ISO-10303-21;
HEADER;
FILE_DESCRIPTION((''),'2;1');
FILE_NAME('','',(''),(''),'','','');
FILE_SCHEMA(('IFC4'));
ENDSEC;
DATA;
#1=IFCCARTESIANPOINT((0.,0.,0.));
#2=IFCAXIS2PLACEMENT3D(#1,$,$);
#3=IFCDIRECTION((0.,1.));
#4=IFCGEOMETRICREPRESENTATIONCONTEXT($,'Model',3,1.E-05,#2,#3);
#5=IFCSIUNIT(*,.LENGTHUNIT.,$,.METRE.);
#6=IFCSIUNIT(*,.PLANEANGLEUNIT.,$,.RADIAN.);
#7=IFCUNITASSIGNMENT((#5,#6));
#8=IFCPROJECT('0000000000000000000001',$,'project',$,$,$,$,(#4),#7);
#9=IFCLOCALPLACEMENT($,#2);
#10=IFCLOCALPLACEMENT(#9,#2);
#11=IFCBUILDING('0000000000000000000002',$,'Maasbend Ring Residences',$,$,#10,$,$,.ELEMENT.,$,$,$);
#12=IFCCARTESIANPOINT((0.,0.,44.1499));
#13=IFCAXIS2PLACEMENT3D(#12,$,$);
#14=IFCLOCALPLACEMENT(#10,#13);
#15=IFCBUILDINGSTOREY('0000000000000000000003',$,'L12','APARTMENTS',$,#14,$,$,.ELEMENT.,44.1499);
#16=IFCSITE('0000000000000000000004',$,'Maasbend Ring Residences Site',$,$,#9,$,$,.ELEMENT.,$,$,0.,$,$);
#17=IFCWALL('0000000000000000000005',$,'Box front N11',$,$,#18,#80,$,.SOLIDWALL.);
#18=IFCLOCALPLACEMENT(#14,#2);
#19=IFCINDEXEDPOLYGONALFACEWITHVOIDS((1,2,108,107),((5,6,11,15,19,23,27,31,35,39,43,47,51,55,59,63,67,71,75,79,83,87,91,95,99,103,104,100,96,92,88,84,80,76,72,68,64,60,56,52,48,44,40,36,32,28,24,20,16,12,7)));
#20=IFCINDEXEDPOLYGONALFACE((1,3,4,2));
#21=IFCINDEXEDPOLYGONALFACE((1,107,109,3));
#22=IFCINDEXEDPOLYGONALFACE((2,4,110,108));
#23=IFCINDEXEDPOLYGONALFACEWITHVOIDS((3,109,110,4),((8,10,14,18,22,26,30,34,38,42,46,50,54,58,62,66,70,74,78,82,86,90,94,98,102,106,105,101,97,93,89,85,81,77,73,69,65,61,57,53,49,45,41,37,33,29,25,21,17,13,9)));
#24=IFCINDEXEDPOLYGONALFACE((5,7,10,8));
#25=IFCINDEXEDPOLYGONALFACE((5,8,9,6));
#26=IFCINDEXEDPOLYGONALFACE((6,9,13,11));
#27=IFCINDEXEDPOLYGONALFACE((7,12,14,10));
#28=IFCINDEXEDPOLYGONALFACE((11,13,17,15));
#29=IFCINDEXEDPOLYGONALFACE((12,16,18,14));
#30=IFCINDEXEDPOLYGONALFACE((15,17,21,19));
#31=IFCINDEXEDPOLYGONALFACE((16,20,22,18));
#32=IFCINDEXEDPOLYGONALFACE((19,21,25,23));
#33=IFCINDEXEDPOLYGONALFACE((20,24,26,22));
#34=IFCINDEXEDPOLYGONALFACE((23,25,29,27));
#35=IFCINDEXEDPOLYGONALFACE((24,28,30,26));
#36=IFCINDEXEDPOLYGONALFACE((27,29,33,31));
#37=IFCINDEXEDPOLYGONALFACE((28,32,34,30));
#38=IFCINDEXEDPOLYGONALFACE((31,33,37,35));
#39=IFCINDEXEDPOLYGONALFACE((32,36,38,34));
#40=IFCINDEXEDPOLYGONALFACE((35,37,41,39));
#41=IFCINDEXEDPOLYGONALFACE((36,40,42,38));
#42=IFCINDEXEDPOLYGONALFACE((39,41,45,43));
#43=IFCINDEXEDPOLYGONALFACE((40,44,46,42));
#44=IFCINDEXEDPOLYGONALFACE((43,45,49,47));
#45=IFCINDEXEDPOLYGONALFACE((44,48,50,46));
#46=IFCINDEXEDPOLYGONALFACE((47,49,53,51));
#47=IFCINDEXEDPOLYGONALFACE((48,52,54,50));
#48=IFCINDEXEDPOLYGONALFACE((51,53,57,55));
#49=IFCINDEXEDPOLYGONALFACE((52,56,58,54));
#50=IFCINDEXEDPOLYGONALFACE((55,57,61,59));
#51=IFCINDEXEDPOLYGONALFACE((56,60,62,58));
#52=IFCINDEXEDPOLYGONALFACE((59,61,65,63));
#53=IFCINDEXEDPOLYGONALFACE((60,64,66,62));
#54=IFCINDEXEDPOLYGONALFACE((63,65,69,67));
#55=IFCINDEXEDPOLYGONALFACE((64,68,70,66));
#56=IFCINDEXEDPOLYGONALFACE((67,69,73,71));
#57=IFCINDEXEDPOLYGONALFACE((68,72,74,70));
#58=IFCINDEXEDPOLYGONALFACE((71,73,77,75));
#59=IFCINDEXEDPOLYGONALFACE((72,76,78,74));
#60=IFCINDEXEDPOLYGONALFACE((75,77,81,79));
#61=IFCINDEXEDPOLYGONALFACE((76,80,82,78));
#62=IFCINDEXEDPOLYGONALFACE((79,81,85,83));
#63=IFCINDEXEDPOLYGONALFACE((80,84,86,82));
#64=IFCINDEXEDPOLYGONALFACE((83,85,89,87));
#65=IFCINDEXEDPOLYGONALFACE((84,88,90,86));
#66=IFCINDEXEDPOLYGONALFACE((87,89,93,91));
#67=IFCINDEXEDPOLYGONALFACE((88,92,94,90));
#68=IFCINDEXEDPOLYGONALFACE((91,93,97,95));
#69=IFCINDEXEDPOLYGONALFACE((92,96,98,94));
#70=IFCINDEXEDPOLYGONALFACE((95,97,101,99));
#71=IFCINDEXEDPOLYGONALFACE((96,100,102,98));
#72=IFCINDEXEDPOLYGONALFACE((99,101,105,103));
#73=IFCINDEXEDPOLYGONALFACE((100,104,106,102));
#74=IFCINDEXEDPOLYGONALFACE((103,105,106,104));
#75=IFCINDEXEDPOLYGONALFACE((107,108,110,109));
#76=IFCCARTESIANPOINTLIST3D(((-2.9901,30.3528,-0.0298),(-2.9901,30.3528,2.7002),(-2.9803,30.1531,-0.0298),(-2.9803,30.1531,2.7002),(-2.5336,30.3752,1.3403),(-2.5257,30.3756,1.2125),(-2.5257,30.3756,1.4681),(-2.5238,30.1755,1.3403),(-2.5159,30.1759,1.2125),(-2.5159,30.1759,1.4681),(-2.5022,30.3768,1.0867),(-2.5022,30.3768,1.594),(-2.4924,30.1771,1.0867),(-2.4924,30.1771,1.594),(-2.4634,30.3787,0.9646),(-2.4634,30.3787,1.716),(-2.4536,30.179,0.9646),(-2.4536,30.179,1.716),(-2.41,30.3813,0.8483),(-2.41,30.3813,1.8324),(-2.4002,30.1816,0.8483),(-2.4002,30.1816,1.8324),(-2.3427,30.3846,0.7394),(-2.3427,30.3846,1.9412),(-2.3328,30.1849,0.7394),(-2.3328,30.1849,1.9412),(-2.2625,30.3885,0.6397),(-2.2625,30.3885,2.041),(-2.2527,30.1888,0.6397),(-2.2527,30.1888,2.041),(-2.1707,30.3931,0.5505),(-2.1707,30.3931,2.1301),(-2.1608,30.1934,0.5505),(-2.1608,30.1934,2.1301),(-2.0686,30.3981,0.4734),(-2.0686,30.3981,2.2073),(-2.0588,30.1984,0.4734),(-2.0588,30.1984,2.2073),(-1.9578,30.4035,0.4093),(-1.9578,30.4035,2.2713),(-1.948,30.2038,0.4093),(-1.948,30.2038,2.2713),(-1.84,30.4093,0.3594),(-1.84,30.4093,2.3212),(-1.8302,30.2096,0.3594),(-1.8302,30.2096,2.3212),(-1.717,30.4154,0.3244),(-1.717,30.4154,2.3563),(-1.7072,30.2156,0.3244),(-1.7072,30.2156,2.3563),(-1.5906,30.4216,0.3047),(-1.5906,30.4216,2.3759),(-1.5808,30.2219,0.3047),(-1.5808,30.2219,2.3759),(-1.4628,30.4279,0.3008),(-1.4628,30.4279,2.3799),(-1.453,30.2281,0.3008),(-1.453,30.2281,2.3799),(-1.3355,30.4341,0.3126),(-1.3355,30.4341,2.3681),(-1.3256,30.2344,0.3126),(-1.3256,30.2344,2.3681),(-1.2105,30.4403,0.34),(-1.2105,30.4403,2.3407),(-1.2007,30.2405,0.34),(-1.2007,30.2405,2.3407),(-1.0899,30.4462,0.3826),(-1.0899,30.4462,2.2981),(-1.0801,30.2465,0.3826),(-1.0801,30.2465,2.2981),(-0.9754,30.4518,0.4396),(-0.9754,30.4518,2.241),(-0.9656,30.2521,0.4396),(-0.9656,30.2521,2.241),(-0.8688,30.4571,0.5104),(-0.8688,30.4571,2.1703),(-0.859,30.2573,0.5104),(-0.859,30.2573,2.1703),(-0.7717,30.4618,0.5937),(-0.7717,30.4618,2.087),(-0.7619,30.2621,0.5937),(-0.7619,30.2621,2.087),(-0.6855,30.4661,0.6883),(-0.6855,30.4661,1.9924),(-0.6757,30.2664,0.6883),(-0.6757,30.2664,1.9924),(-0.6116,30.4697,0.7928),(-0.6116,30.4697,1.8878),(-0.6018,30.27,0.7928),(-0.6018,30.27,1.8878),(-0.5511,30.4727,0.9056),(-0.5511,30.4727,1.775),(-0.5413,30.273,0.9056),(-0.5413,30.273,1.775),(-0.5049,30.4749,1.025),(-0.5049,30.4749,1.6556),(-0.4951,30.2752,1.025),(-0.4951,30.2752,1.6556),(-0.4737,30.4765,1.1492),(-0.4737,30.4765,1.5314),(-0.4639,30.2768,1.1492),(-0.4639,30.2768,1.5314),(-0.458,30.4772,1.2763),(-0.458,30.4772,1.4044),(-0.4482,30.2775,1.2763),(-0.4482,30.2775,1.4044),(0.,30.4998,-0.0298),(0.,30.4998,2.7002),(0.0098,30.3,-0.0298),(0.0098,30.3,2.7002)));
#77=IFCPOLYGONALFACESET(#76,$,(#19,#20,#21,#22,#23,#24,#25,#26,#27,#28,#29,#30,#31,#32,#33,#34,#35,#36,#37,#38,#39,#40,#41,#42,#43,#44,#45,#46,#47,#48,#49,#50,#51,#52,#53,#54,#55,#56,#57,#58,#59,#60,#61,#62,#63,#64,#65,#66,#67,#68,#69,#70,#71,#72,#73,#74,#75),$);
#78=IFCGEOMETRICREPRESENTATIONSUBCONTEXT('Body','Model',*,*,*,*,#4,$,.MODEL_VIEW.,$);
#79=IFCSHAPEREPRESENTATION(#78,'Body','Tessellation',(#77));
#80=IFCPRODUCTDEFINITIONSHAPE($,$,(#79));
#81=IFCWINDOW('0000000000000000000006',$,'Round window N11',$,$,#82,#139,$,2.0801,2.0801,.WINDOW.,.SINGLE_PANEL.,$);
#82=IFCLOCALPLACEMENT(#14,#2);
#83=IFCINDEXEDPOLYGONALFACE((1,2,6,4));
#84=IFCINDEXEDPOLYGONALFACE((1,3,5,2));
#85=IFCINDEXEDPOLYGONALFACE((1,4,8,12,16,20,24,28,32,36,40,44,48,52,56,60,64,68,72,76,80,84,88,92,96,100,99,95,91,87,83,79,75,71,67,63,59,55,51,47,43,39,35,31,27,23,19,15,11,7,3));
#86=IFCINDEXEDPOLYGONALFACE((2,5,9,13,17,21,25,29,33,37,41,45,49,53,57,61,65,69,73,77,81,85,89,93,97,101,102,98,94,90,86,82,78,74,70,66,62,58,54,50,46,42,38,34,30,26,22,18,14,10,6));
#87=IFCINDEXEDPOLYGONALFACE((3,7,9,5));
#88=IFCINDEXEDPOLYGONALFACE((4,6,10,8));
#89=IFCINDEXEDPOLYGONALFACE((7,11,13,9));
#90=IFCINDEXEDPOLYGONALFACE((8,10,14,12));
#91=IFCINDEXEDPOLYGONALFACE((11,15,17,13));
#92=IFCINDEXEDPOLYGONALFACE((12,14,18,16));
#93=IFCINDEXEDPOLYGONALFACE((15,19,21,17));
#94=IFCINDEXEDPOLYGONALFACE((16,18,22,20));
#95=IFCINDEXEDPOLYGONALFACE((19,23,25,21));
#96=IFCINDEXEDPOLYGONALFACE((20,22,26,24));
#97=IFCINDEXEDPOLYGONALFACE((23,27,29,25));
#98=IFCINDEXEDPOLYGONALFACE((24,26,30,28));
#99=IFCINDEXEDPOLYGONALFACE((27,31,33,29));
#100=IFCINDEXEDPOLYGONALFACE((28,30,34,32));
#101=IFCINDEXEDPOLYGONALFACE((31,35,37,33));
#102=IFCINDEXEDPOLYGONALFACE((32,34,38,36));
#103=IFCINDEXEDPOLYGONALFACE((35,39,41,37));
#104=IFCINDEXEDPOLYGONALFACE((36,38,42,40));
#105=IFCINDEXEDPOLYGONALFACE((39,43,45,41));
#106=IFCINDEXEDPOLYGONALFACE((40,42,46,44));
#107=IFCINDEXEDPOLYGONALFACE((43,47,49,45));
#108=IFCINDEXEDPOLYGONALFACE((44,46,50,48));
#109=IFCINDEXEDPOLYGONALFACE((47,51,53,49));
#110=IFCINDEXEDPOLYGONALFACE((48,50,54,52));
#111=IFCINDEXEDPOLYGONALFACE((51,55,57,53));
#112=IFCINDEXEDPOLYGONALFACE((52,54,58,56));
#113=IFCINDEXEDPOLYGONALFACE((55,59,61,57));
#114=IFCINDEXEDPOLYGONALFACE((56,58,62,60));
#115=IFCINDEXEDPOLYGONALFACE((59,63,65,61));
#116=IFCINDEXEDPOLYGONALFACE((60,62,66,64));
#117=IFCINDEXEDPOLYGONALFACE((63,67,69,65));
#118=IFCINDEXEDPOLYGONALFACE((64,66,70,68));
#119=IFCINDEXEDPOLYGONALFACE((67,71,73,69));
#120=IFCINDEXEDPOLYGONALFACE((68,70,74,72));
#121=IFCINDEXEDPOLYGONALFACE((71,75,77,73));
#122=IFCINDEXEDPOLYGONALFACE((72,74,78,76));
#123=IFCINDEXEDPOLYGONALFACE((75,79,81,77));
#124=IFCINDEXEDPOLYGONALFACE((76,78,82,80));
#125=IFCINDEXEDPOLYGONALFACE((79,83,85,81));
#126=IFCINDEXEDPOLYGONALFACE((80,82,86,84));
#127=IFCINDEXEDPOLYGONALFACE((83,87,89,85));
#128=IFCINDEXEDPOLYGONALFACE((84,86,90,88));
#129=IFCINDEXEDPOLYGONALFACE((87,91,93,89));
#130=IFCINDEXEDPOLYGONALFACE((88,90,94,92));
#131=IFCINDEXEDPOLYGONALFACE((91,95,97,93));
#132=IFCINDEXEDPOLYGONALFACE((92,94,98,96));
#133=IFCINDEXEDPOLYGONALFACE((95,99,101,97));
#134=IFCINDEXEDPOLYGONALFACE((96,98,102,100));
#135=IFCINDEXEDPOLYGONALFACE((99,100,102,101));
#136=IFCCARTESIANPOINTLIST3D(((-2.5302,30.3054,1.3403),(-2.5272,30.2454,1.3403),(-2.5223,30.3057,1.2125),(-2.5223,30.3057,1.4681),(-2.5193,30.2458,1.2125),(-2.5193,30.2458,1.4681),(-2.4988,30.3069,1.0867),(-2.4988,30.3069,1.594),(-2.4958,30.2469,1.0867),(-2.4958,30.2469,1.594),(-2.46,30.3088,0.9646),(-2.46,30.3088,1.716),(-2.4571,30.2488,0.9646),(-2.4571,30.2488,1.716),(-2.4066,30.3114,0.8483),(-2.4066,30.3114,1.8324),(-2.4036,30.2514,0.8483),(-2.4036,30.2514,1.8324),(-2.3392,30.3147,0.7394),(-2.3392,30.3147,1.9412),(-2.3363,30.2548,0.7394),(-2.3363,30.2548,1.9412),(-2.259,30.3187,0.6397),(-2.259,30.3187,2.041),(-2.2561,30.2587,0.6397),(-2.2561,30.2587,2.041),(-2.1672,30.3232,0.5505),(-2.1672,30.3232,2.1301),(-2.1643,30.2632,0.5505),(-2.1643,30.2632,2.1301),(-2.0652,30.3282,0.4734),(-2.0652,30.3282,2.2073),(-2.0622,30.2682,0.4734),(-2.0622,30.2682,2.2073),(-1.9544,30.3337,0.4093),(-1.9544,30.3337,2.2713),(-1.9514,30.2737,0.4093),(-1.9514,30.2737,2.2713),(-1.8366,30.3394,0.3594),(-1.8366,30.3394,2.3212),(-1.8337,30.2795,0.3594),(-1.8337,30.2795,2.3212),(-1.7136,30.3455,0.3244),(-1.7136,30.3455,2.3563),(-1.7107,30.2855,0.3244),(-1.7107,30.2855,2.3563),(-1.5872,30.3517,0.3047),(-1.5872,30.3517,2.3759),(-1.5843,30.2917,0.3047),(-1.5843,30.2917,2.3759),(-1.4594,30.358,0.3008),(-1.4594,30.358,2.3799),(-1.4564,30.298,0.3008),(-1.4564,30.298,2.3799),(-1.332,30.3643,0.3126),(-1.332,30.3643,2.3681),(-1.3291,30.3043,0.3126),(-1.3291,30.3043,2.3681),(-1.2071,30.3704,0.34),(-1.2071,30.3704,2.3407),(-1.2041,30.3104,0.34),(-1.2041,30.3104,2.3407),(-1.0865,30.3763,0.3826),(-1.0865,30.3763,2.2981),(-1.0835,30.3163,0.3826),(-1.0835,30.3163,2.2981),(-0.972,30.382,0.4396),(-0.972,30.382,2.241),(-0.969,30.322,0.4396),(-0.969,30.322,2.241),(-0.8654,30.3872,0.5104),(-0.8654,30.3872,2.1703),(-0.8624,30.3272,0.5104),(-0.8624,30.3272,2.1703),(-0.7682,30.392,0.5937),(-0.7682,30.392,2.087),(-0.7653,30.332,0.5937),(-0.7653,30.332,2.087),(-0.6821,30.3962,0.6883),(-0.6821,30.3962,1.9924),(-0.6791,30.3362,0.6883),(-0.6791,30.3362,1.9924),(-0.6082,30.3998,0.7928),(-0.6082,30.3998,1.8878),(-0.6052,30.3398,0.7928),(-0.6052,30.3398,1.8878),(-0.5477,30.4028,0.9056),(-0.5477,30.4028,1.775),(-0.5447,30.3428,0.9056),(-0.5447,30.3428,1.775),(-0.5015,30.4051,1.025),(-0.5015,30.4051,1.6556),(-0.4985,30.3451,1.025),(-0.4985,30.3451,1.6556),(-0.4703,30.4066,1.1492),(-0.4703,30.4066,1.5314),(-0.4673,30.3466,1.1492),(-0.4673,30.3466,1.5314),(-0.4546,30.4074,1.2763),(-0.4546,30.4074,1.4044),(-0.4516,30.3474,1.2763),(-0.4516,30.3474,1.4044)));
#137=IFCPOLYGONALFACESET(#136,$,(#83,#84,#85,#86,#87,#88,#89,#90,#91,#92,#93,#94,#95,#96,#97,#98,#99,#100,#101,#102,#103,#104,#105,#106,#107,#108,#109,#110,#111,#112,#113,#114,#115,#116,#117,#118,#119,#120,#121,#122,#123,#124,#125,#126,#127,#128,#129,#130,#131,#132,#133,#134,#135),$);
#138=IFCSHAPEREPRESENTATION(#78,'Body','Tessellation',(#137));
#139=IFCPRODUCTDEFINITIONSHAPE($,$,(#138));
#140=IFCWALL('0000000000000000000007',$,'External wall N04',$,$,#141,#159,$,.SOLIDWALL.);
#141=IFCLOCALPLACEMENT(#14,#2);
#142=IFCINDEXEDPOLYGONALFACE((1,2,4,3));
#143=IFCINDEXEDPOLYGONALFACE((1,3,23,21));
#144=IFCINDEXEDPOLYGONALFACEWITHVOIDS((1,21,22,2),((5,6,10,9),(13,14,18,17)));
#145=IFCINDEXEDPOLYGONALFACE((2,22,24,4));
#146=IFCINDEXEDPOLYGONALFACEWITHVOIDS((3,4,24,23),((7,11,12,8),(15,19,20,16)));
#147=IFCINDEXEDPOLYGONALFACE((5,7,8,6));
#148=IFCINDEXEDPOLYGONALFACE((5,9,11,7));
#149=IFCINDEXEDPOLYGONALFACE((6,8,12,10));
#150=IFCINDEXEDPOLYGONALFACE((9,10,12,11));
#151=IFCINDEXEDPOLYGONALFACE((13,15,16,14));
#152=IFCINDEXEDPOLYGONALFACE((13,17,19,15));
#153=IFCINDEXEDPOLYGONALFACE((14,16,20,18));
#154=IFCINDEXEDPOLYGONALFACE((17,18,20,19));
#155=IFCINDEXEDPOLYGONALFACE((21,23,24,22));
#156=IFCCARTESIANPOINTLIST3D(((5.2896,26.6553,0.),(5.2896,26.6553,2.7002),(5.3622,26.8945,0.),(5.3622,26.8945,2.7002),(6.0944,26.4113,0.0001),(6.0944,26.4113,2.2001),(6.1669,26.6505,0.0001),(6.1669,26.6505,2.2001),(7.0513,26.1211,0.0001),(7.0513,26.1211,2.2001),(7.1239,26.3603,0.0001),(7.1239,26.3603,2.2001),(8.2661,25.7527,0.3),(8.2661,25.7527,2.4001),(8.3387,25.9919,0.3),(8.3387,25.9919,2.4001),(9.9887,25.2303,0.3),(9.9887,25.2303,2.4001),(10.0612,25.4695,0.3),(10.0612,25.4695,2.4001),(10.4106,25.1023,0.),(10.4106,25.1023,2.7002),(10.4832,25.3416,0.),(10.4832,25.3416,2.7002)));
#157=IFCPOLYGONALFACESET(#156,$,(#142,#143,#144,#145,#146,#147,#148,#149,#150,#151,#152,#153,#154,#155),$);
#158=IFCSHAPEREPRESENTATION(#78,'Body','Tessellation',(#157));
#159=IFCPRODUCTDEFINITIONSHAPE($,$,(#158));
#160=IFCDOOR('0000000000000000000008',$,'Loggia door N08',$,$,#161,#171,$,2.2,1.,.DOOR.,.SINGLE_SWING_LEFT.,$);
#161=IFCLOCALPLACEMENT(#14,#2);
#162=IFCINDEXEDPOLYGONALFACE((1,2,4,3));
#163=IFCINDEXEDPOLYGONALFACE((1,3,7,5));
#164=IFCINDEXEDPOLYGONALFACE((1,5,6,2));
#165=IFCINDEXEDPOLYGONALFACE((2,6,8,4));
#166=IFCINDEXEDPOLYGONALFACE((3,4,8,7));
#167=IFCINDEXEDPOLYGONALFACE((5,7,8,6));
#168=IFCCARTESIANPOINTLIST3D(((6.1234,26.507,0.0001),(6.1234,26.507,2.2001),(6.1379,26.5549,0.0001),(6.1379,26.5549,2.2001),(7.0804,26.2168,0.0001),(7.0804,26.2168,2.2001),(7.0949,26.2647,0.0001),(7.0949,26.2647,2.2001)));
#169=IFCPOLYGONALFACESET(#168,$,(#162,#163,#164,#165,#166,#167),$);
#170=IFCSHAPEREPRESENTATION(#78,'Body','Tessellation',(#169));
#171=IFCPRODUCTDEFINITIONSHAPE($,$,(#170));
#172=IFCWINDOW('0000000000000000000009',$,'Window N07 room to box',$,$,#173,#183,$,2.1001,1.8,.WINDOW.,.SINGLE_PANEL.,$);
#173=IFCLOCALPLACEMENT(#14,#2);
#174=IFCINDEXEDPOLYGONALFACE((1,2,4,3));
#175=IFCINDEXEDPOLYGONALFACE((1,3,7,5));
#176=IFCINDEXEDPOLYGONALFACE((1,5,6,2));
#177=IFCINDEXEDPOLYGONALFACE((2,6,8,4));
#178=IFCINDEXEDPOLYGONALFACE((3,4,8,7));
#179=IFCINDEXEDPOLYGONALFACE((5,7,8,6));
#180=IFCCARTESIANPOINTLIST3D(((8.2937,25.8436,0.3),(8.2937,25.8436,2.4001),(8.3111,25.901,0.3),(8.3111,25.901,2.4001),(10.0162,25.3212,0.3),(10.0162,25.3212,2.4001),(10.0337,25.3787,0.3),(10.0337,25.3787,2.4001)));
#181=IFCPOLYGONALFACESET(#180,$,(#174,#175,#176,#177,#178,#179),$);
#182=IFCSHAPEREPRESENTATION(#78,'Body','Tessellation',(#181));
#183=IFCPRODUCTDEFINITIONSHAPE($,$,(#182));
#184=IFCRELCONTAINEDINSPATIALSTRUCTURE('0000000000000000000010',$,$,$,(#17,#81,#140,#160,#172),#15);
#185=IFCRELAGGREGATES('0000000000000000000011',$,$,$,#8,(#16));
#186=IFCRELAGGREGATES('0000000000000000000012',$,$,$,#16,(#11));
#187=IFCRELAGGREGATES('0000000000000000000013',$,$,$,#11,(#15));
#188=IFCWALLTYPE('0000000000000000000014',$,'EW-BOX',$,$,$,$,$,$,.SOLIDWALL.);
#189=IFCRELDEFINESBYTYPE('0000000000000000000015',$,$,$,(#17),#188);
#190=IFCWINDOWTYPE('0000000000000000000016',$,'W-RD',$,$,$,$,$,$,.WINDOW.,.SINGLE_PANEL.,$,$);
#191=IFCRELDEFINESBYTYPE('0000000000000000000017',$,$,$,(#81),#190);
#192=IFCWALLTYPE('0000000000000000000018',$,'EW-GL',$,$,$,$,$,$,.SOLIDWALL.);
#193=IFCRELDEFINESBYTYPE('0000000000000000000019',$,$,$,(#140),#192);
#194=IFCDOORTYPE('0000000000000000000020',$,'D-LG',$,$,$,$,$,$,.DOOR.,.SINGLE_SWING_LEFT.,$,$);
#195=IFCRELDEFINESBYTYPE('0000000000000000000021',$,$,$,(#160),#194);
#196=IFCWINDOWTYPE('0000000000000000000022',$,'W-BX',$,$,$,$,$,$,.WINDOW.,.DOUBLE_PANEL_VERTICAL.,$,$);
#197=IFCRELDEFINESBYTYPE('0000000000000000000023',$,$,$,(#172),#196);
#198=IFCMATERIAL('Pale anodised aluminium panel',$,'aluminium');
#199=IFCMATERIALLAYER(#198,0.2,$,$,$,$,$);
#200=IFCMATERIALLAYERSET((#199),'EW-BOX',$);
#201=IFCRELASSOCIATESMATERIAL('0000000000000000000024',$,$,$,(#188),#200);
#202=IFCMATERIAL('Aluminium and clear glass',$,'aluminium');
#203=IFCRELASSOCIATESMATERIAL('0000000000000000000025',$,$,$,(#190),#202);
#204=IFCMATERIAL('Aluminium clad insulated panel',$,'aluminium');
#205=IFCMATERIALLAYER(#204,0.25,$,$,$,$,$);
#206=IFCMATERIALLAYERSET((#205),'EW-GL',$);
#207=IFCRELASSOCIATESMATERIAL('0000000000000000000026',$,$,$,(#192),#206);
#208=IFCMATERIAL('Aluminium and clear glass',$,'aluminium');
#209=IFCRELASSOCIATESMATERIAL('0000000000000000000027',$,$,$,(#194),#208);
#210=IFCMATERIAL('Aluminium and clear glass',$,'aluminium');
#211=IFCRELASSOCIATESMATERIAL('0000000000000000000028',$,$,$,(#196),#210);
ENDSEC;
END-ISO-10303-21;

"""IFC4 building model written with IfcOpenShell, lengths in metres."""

from ifc_helpers import new_model, si_unit, direction, frame, frame_2d, origin, place, context, subcontext, project, spatial, rectangle, circle, extrude, material, layer, layer_set, type_object, element, fill, save


model = new_model("IFC4")

# Units and contexts
model_context = context("Model", 3, precision=1e-05, world=origin(), true_north=direction((0.0, 1.0)))
body_context = subcontext(model_context, "Body", "Model", "MODEL_VIEW")
ifc_project = project(units=[si_unit("LENGTHUNIT", "METRE"), si_unit("PLANEANGLEUNIT", "RADIAN")], contexts=[model_context])

# Site, building, storey
site_placement = place(None, origin())
site = spatial("IfcSite", under=ifc_project, at=site_placement, Name="Maasbend Ring Residences Site", CompositionType="ELEMENT", RefElevation=0.0)
building_placement = place(site_placement, origin())
building = spatial("IfcBuilding", under=site, at=building_placement, Name="Maasbend Ring Residences", CompositionType="ELEMENT")
storey_placement = place(building_placement, frame((0.0, 0.0, 44.1499)))
storey = spatial("IfcBuildingStorey", under=building, at=storey_placement, Name="L12", Description="APARTMENTS", CompositionType="ELEMENT", Elevation=44.1499)

# Shared definitions
ifc_material_1 = material(Name="Pale anodised aluminium panel", Category="aluminium")
ifc_layer_1 = layer(ifc_material_1, 0.2)
ifc_layer_set_1 = layer_set([ifc_layer_1], Name="EW-BOX")
wall_type_1 = type_object("IfcWallType", Name="EW-BOX", PredefinedType="SOLIDWALL", material=ifc_layer_set_1)

# Shared definitions
ifc_material_2 = material(Name="Aluminium and clear glass", Category="aluminium")
window_type_1 = type_object("IfcWindowType", Name="W-RD", PartitioningType="SINGLE_PANEL", PredefinedType="WINDOW", material=ifc_material_2)

# Wall, opening, window
wall_1_placement = place(storey_placement, frame((0.0049, 30.3999, -0.0298), z_axis=(0.0, 0.0, 1.0), x_axis=(-0.998794, -0.049096, 0.0)))
wall_1 = element("IfcWall", 1, at=wall_1_placement, inside=storey, type_object=wall_type_1, Name="Box front N11", PredefinedType="SOLIDWALL", context=body_context, shape_type="SweptSolid", body=[
    extrude(rectangle(XDim=2.9937, YDim=0.2, at=frame_2d((1.4968, 0.0))), origin(), (0.0, 0.0, 1.0), 2.73),
])
opening_1_placement = place(wall_1_placement, frame((0.4565, 0.0, 0.3301)))
opening_1 = element("IfcOpeningElement", 2, at=opening_1_placement, cuts=wall_1, PredefinedType="OPENING", context=body_context, shape_type="SweptSolid", body=[
    extrude(circle(Radius=1.04, at=frame_2d((1.04, 1.04))), frame((0.0, 0.1099, 0.0), z_axis=(0.0, -1.0, 0.0), x_axis=(1.0, 0.0, 0.0)), (0.0, 0.0, 1.0), 0.22),
])
window_1_placement = place(opening_1_placement, origin())
window_1 = element("IfcWindow", 3, at=window_1_placement, inside=storey, type_object=window_type_1, Name="Round window N11", OverallHeight=2.0801, OverallWidth=2.0801, PartitioningType="SINGLE_PANEL", PredefinedType="WINDOW", context=body_context, shape_type="SweptSolid", body=[
    extrude(circle(Radius=1.04, at=frame_2d((1.04, 1.04))), frame((0.0, 0.03, 0.0), z_axis=(0.0, -1.0, 0.0), x_axis=(1.0, 0.0, 0.0)), (0.0, 0.0, 1.0), 0.0601),
])
fill(opening_1, window_1)

# Wall, openings, door, window
ifc_material_3 = material(Name="Aluminium clad insulated panel", Category="aluminium")
ifc_layer_2 = layer(ifc_material_3, 0.25)
ifc_layer_set_2 = layer_set([ifc_layer_2], Name="EW-GL")
wall_type_2 = type_object("IfcWallType", Name="EW-GL", PredefinedType="SOLIDWALL", material=ifc_layer_set_2)
wall_2_placement = place(storey_placement, frame((10.447, 25.2219, 0.0), z_axis=(0.0, 0.0, 1.0), x_axis=(-0.956966, 0.290201, 0.0)))
wall_2 = element("IfcWall", 4, at=wall_2_placement, inside=storey, type_object=wall_type_2, Name="External wall N04", PredefinedType="SOLIDWALL", context=body_context, shape_type="SweptSolid", body=[
    extrude(rectangle(XDim=5.3513, YDim=0.25, at=frame_2d((2.6758, 0.0))), origin(), (0.0, 0.0, 1.0), 2.7002),
])
opening_2_placement = place(wall_2_placement, frame((0.4412, 0.0, 0.3)))
opening_2 = element("IfcOpeningElement", 5, at=opening_2_placement, cuts=wall_2, PredefinedType="OPENING", context=body_context, shape_type="SweptSolid", body=[
    extrude(rectangle(XDim=1.8, YDim=2.1001, at=frame_2d((0.8999, 1.05))), frame((0.0, 0.135, 0.0), z_axis=(0.0, -1.0, 0.0), x_axis=(1.0, 0.0, 0.0)), (0.0, 0.0, 1.0), 0.27),
])
opening_3_placement = place(wall_2_placement, frame((3.5105, 0.0, 0.0)))
opening_3 = element("IfcOpeningElement", 6, at=opening_3_placement, cuts=wall_2, PredefinedType="OPENING", context=body_context, shape_type="SweptSolid", body=[
    extrude(rectangle(XDim=1.0, YDim=2.2, at=frame_2d((0.5, 1.1001))), frame((0.0, 0.135, 0.0), z_axis=(0.0, -1.0, 0.0), x_axis=(1.0, 0.0, 0.0)), (0.0, 0.0, 1.0), 0.27),
])
ifc_material_4 = material(Name="Aluminium and clear glass", Category="aluminium")
door_type_1 = type_object("IfcDoorType", Name="D-LG", OperationType="SINGLE_SWING_LEFT", PredefinedType="DOOR", material=ifc_material_4)
door_1_placement = place(opening_3_placement, origin())
door_1 = element("IfcDoor", 7, at=door_1_placement, inside=storey, type_object=door_type_1, Name="Loggia door N08", OperationType="SINGLE_SWING_LEFT", OverallHeight=2.2, OverallWidth=1.0, PredefinedType="DOOR", context=body_context, shape_type="SweptSolid", body=[
    extrude(rectangle(XDim=1.0, YDim=2.2, at=frame_2d((0.5, 1.1001))), frame((0.0, 0.0249, 0.0), z_axis=(0.0, -1.0, 0.0), x_axis=(1.0, 0.0, 0.0)), (0.0, 0.0, 1.0), 0.05),
])
fill(opening_3, door_1)
ifc_material_5 = material(Name="Aluminium and clear glass", Category="aluminium")
window_type_2 = type_object("IfcWindowType", Name="W-BX", PartitioningType="DOUBLE_PANEL_VERTICAL", PredefinedType="WINDOW", material=ifc_material_5)
window_2_placement = place(opening_2_placement, origin())
window_2 = element("IfcWindow", 8, at=window_2_placement, inside=storey, type_object=window_type_2, Name="Window N07 room to box", OverallHeight=2.1001, OverallWidth=1.8, PartitioningType="SINGLE_PANEL", PredefinedType="WINDOW", context=body_context, shape_type="SweptSolid", body=[
    extrude(rectangle(XDim=1.8, YDim=2.1001, at=frame_2d((0.8999, 1.05))), frame((0.0, 0.03, 0.0), z_axis=(0.0, -1.0, 0.0), x_axis=(1.0, 0.0, 0.0)), (0.0, 0.0, 1.0), 0.0601),
])
fill(opening_2, window_2)

save(model, "model.ifc")
